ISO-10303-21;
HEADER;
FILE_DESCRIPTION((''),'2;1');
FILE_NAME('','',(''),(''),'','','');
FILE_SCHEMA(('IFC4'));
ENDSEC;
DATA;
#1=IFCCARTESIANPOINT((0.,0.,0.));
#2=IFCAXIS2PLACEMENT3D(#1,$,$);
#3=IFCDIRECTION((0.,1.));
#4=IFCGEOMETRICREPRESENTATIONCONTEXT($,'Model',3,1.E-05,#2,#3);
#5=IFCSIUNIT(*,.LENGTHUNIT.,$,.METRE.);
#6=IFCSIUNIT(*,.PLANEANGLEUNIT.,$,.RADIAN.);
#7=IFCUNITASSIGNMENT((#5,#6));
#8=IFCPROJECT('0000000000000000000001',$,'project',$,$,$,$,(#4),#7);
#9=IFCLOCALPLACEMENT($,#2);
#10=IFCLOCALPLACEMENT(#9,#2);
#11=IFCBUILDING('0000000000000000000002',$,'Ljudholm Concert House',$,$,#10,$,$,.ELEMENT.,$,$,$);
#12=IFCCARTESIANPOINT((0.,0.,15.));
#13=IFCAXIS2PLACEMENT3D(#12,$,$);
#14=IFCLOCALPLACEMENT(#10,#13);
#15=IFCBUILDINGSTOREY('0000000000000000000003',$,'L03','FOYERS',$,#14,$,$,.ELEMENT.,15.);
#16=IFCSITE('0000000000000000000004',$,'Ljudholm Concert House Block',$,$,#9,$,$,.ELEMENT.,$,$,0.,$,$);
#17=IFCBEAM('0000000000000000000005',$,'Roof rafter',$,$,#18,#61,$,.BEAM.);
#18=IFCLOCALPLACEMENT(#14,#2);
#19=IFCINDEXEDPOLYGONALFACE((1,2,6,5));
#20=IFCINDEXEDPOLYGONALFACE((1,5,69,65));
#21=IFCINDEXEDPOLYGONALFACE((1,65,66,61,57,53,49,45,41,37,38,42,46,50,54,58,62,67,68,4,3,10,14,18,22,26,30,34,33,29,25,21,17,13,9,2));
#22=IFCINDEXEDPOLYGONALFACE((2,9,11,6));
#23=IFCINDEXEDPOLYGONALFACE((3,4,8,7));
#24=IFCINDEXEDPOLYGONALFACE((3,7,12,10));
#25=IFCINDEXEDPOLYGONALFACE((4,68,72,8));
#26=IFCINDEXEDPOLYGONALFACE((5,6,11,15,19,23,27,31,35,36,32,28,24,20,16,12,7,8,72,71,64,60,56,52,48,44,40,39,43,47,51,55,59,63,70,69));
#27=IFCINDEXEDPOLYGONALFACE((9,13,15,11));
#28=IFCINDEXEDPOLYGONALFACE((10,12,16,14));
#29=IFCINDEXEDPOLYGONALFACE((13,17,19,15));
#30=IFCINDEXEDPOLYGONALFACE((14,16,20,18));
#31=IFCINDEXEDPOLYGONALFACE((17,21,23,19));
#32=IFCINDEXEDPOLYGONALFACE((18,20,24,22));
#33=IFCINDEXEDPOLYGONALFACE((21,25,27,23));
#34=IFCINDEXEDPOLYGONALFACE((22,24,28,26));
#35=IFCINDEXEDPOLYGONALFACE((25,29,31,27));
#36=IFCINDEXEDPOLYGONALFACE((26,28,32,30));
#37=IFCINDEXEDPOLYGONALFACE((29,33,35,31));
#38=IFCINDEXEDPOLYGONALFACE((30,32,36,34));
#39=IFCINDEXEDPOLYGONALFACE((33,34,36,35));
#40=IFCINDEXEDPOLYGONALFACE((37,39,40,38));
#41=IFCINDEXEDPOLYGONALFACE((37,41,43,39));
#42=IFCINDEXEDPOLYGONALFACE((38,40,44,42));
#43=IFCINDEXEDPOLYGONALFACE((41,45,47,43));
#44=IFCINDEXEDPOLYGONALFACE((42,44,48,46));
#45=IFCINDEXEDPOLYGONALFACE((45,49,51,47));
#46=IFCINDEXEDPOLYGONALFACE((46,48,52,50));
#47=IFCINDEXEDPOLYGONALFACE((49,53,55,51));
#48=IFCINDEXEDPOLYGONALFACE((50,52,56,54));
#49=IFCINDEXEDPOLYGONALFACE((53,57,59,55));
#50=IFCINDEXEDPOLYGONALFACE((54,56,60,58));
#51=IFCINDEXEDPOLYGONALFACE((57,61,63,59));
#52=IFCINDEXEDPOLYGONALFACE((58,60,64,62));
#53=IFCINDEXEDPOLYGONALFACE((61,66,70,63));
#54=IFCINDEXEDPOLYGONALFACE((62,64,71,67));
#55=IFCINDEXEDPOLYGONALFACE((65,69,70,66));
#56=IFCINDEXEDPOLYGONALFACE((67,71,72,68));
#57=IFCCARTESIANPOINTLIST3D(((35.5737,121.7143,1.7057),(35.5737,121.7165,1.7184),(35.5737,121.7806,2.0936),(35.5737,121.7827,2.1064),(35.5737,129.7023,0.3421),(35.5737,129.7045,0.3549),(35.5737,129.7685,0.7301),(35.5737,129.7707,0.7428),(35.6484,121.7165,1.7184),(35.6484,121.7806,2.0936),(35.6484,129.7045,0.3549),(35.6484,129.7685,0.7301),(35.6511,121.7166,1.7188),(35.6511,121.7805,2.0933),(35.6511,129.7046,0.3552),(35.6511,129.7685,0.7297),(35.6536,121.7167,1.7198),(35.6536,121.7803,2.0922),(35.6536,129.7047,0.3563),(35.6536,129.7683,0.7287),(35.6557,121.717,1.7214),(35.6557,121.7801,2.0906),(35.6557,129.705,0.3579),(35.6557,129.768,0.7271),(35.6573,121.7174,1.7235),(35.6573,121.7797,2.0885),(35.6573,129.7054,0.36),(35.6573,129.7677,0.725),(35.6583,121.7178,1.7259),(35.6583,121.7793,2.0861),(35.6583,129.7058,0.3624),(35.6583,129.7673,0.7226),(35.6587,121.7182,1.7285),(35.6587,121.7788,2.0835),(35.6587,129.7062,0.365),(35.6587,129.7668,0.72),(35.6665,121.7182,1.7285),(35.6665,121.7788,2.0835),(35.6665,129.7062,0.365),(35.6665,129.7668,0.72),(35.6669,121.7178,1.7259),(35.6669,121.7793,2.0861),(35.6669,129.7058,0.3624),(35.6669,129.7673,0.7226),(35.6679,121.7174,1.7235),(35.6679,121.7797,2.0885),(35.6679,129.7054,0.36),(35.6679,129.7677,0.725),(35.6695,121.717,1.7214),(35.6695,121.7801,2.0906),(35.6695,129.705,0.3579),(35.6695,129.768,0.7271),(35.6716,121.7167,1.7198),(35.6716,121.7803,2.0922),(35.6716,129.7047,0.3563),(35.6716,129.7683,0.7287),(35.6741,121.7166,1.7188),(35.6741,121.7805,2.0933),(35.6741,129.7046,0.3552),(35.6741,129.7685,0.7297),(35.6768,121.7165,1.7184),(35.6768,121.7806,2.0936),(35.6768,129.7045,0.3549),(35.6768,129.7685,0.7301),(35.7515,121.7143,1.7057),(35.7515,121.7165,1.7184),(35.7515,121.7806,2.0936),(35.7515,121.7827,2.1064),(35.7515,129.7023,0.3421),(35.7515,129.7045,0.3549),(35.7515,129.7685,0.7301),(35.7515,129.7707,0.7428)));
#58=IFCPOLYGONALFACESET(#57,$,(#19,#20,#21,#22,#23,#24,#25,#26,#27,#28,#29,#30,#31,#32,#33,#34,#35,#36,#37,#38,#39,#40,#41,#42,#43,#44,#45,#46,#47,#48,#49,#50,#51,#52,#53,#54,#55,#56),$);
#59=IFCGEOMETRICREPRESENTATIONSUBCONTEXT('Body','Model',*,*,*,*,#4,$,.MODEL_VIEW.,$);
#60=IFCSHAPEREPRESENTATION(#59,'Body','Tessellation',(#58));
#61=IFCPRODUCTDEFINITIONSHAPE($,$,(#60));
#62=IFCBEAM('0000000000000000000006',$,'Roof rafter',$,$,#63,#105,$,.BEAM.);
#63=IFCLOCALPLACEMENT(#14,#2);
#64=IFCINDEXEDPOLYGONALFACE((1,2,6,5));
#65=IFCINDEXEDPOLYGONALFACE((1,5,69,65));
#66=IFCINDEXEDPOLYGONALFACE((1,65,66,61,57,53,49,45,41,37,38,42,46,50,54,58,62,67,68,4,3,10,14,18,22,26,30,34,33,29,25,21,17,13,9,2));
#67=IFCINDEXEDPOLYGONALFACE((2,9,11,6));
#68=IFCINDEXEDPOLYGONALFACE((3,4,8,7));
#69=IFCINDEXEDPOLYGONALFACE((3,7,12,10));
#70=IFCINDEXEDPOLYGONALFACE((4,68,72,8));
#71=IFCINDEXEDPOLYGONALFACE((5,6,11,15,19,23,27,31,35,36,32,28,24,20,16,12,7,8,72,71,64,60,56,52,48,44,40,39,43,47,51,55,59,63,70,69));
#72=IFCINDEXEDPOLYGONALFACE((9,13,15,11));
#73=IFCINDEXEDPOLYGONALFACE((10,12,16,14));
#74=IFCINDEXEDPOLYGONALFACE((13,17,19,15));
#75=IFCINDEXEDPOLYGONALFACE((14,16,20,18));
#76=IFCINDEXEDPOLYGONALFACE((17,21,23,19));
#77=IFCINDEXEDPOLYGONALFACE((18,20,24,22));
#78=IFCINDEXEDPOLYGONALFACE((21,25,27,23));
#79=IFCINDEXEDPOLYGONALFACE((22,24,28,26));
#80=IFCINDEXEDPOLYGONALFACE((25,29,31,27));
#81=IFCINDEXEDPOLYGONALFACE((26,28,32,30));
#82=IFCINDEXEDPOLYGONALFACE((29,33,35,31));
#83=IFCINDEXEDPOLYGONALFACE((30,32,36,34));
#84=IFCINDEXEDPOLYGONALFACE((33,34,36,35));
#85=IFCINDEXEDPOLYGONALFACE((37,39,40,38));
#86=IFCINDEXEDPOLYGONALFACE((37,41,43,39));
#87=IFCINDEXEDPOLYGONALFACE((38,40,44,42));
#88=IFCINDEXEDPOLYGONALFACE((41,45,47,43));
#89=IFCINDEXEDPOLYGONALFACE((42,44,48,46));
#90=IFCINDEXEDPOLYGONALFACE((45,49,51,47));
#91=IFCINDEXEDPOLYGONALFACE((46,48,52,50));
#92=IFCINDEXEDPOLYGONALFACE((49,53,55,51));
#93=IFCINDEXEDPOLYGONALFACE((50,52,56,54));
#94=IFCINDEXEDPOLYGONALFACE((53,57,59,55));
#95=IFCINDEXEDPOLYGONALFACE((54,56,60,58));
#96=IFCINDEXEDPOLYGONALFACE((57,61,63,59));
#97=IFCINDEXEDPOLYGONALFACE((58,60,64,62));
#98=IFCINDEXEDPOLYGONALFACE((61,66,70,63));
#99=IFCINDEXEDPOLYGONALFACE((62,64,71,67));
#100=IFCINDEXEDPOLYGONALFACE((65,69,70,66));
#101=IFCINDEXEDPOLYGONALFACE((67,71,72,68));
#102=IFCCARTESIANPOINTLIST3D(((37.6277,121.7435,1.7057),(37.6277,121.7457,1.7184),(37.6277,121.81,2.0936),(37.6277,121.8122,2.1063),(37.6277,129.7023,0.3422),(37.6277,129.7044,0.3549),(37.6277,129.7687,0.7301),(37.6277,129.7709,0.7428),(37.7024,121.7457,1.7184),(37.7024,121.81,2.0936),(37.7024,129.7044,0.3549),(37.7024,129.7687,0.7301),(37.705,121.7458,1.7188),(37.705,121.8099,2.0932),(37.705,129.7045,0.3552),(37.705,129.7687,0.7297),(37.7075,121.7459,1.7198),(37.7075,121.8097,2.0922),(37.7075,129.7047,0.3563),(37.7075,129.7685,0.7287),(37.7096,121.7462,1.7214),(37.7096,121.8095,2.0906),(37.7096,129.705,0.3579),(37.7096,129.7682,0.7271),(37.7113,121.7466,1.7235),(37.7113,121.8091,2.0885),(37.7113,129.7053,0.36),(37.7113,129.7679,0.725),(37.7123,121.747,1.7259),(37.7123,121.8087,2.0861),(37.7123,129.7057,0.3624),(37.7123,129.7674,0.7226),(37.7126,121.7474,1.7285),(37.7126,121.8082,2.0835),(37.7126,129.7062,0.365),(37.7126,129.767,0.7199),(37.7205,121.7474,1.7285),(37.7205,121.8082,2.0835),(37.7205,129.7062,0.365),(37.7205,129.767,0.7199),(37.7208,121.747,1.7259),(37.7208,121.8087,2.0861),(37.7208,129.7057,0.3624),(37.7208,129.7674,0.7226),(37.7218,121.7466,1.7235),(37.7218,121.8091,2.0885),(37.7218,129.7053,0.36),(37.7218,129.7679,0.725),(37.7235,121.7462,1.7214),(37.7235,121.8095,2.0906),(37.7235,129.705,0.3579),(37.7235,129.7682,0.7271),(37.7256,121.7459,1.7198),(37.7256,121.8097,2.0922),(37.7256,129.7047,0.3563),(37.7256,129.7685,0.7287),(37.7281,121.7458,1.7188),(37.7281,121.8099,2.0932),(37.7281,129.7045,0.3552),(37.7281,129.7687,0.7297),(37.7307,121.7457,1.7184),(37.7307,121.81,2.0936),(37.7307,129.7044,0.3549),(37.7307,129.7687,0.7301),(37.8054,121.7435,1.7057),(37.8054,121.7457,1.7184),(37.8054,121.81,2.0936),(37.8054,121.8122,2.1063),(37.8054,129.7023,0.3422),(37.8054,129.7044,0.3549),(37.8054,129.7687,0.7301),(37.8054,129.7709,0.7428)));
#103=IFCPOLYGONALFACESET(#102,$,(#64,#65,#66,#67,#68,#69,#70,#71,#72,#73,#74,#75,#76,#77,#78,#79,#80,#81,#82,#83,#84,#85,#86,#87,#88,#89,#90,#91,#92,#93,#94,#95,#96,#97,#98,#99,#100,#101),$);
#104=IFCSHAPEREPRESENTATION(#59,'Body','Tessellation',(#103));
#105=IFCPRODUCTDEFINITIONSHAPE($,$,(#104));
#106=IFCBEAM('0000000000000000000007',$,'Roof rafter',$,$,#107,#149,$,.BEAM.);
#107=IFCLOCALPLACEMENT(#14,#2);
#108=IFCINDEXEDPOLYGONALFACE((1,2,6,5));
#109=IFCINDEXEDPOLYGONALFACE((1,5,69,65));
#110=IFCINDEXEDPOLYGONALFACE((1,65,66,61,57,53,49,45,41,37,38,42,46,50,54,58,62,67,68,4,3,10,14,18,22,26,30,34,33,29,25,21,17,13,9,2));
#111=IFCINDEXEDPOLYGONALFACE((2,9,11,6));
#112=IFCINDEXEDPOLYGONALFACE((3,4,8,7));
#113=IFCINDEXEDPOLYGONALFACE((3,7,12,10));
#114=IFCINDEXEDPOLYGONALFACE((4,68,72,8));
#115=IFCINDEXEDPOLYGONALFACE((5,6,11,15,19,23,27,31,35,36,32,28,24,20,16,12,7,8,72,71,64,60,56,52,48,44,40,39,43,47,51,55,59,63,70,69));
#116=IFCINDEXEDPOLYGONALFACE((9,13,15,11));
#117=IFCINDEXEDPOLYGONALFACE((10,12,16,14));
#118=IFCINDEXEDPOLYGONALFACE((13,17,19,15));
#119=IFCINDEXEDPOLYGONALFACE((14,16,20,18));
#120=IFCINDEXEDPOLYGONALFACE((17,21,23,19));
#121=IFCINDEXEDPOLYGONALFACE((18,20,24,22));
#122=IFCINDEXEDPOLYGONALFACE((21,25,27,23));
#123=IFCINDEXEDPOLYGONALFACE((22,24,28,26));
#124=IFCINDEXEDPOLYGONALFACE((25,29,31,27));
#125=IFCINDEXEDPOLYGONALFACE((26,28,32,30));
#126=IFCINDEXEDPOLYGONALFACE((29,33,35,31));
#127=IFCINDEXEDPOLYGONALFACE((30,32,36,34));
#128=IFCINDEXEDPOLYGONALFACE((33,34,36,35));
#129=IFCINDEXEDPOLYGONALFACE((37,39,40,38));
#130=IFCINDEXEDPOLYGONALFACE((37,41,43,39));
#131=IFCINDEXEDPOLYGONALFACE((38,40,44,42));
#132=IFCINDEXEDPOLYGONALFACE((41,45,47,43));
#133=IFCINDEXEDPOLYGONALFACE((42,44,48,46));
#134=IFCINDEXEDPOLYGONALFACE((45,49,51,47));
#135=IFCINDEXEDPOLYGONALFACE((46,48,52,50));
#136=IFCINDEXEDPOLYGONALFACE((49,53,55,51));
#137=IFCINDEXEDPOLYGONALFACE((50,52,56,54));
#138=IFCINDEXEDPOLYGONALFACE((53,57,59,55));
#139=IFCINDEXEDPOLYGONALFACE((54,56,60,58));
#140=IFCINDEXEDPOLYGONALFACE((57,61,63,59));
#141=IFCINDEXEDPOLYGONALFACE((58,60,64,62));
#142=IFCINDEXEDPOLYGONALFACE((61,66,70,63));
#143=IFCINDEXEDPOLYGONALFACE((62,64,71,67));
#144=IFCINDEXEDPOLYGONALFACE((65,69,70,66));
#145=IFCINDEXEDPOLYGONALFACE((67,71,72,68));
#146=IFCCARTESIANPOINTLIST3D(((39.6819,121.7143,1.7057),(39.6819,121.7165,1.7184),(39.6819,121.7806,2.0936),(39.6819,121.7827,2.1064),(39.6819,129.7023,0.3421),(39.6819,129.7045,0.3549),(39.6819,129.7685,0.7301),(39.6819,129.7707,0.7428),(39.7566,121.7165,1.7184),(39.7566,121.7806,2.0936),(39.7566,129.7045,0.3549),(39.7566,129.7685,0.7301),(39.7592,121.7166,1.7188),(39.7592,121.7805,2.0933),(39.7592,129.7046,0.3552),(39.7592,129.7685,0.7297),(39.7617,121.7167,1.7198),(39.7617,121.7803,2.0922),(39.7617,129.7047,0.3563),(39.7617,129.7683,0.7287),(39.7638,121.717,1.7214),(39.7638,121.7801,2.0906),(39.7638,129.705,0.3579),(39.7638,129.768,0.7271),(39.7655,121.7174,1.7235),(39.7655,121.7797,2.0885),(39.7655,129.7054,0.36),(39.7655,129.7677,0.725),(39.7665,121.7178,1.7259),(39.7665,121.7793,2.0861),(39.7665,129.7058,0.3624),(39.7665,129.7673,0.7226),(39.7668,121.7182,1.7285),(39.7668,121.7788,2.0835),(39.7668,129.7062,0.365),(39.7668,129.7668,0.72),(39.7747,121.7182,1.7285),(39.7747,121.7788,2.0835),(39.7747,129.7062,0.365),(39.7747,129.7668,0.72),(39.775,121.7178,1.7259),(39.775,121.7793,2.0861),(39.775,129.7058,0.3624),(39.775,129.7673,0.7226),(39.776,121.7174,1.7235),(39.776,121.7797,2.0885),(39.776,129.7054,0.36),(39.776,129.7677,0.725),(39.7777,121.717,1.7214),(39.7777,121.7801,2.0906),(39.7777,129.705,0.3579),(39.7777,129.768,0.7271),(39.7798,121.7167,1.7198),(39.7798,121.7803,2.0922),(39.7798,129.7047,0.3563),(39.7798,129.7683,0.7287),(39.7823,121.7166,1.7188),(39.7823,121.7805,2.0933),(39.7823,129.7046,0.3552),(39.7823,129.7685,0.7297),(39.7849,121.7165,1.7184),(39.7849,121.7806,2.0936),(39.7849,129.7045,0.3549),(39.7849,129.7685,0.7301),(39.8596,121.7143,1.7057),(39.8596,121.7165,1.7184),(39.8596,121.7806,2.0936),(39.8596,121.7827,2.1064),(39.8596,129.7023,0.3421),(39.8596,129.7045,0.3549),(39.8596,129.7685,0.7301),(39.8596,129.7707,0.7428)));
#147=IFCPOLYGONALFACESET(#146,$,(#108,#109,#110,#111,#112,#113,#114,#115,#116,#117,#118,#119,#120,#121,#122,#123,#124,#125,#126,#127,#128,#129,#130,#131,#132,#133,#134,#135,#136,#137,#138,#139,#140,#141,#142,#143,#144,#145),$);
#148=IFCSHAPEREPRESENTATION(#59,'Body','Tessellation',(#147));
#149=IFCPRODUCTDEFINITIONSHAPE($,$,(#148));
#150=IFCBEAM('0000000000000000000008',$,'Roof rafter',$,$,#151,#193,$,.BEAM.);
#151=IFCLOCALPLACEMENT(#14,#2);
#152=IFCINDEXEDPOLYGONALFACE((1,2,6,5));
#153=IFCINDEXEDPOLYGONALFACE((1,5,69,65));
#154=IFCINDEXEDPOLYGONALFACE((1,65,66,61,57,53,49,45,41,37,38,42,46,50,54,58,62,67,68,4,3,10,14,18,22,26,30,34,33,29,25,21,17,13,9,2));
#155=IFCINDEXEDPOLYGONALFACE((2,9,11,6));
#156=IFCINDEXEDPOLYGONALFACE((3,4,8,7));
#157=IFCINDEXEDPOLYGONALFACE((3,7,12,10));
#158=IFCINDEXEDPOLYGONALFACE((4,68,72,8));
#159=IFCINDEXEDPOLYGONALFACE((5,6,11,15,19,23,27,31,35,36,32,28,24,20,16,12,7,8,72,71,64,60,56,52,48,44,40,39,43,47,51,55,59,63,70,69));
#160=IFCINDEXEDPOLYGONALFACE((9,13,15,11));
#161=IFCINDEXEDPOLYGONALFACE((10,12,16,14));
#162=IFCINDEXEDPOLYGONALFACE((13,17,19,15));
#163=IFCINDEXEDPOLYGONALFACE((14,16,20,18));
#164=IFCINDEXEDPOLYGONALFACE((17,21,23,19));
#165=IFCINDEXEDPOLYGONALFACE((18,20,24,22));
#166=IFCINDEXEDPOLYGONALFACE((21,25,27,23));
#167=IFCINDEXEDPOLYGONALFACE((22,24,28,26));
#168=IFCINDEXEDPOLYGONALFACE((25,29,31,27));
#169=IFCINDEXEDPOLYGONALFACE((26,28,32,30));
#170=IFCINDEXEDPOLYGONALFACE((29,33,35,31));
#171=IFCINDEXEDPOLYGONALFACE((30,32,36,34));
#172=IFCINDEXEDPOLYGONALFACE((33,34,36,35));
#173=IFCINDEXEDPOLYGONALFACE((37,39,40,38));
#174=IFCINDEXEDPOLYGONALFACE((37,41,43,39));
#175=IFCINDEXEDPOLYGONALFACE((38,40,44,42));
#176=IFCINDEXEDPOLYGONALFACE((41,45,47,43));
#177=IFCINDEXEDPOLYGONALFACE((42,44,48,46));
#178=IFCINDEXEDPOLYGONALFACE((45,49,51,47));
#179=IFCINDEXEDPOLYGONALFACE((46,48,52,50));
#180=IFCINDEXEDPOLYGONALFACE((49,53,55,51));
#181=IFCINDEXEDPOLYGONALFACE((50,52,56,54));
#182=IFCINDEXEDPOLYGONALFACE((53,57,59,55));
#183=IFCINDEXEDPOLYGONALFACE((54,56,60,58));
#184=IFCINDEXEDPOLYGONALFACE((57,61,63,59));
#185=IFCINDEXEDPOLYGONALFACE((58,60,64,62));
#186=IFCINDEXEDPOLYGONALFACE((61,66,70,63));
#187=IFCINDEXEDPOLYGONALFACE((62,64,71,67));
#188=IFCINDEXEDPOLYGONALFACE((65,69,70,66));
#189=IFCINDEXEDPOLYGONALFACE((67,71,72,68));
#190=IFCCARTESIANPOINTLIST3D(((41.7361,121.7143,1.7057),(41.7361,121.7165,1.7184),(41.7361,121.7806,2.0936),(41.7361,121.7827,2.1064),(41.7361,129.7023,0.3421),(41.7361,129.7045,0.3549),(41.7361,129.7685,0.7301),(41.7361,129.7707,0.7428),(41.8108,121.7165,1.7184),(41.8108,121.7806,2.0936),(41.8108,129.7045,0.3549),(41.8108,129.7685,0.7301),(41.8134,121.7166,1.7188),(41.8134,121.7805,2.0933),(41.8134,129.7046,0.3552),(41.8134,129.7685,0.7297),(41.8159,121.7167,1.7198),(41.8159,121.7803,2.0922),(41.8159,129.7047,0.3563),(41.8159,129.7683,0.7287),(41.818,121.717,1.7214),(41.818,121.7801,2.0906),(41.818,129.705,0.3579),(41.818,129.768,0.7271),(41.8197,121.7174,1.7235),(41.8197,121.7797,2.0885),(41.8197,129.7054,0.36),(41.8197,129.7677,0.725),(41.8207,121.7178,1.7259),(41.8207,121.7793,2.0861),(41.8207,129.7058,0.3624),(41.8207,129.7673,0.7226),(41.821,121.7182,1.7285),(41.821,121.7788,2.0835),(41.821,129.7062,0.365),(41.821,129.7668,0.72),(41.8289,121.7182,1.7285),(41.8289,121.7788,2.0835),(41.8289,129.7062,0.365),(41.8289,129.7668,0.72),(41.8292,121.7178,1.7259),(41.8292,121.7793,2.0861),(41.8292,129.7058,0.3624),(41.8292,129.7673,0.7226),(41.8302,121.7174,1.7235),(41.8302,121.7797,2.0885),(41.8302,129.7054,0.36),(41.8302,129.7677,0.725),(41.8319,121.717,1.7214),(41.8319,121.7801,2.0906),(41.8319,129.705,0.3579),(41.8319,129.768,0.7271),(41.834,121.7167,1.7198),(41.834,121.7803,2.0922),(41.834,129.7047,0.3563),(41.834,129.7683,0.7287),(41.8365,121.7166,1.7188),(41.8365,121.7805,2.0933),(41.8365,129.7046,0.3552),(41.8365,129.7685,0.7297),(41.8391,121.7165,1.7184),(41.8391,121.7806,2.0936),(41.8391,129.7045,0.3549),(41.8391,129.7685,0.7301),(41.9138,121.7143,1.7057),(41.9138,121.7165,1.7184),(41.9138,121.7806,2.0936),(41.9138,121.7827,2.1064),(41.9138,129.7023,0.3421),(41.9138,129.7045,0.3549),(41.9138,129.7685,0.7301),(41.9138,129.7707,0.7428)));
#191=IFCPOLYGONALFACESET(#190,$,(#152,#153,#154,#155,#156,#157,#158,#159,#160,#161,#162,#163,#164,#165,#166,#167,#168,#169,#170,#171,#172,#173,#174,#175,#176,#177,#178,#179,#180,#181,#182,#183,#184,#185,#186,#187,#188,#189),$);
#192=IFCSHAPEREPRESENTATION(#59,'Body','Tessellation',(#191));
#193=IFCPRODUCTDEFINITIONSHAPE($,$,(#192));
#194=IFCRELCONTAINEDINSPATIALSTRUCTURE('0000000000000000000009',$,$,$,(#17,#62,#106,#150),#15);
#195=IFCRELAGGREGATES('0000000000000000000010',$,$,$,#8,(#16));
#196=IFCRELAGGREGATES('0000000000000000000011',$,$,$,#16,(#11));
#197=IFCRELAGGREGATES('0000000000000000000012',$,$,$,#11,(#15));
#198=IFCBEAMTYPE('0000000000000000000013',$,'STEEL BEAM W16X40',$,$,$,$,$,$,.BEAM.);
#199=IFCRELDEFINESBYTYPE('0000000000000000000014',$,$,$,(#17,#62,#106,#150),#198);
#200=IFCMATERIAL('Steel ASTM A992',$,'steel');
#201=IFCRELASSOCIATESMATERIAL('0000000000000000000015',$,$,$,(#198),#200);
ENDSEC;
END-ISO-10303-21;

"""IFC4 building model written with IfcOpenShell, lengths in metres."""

from ifc_helpers import new_model, si_unit, direction, frame, origin, origin_2d, place, context, subcontext, project, spatial, i_section, extrude, material, material_profile, profile_set, type_object, element, save


model = new_model("IFC4")

# Units and contexts
model_context = context("Model", 3, precision=1e-05, world=origin(), true_north=direction((0.0, 1.0)))
body_context = subcontext(model_context, "Body", "Model", "MODEL_VIEW")
ifc_project = project(units=[si_unit("LENGTHUNIT", "METRE"), si_unit("PLANEANGLEUNIT", "RADIAN")], contexts=[model_context])

# Site, building, storey
site_placement = place(None, origin())
site = spatial("IfcSite", under=ifc_project, at=site_placement, Name="Ljudholm Concert House Block", CompositionType="ELEMENT", RefElevation=0.0)
building_placement = place(site_placement, origin())
building = spatial("IfcBuilding", under=site, at=building_placement, Name="Ljudholm Concert House", CompositionType="ELEMENT")
storey_placement = place(building_placement, frame((0.0, 0.0, 15.0)))
storey = spatial("IfcBuildingStorey", under=building, at=storey_placement, Name="L03", Description="FOYERS", CompositionType="ELEMENT", Elevation=15.0)

# Beams
ifc_material_1 = material(Name="Steel ASTM A992", Category="steel")
ifc_material_profile_1 = material_profile(ifc_material_1, i_section(OverallWidth=0.1777, OverallDepth=0.4065, WebThickness=0.0078, FlangeThickness=0.0129, FilletRadius=0.0103, at=origin_2d()), Name="W16X40")
ifc_profile_set_1 = profile_set([ifc_material_profile_1], Name="Steel ASTM A992")
beam_type_1 = type_object("IfcBeamType", Name="STEEL BEAM W16X40", PredefinedType="BEAM", material=ifc_profile_set_1)
beam_1_placement = place(storey_placement, frame((35.6626, 121.7485, 1.906), z_axis=(0.0, 0.985742, -0.168262), x_axis=(-1.0, 0.0, 0.0)))
element("IfcBeam", 1, at=beam_1_placement, inside=storey, type_object=beam_type_1, Name="Roof rafter", PredefinedType="BEAM", context=body_context, shape_type="SweptSolid", body=[
    extrude(i_section(OverallWidth=0.1777, OverallDepth=0.4065, WebThickness=0.0078, FlangeThickness=0.0129, FilletRadius=0.0103, at=origin_2d()), origin(), (0.0, 0.0, 1.0), 8.1035),
])
beam_2_placement = place(storey_placement, frame((37.7166, 121.7778, 1.906), z_axis=(0.0, 0.985639, -0.168864), x_axis=(-1.0, 0.0, 0.0)))
element("IfcBeam", 2, at=beam_2_placement, inside=storey, type_object=beam_type_1, Name="Roof rafter", PredefinedType="BEAM", context=body_context, shape_type="SweptSolid", body=[
    extrude(i_section(OverallWidth=0.1777, OverallDepth=0.4065, WebThickness=0.0078, FlangeThickness=0.0129, FilletRadius=0.0103, at=origin_2d()), origin(), (0.0, 0.0, 1.0), 8.0747),
])
for number, where, z_axis, x_axis, name in (
    (3, (39.7708, 121.7485, 1.906), (0.0, 0.985742, -0.168262), (-1.0, 0.0, 0.0), "Roof rafter"),
    (4, (41.825, 121.7485, 1.906), (0.0, 0.985742, -0.168262), (-1.0, 0.0, 0.0), "Roof rafter"),
):
    element("IfcBeam", number, at=place(storey_placement, frame(where, z_axis=z_axis, x_axis=x_axis)), inside=storey, type_object=beam_type_1, Name=name, PredefinedType="BEAM", context=body_context, shape_type="SweptSolid", body=[
        extrude(i_section(OverallWidth=0.1777, OverallDepth=0.4065, WebThickness=0.0078, FlangeThickness=0.0129, FilletRadius=0.0103, at=origin_2d()), origin(), (0.0, 0.0, 1.0), 8.1035),
    ])

save(model, "model.ifc")
